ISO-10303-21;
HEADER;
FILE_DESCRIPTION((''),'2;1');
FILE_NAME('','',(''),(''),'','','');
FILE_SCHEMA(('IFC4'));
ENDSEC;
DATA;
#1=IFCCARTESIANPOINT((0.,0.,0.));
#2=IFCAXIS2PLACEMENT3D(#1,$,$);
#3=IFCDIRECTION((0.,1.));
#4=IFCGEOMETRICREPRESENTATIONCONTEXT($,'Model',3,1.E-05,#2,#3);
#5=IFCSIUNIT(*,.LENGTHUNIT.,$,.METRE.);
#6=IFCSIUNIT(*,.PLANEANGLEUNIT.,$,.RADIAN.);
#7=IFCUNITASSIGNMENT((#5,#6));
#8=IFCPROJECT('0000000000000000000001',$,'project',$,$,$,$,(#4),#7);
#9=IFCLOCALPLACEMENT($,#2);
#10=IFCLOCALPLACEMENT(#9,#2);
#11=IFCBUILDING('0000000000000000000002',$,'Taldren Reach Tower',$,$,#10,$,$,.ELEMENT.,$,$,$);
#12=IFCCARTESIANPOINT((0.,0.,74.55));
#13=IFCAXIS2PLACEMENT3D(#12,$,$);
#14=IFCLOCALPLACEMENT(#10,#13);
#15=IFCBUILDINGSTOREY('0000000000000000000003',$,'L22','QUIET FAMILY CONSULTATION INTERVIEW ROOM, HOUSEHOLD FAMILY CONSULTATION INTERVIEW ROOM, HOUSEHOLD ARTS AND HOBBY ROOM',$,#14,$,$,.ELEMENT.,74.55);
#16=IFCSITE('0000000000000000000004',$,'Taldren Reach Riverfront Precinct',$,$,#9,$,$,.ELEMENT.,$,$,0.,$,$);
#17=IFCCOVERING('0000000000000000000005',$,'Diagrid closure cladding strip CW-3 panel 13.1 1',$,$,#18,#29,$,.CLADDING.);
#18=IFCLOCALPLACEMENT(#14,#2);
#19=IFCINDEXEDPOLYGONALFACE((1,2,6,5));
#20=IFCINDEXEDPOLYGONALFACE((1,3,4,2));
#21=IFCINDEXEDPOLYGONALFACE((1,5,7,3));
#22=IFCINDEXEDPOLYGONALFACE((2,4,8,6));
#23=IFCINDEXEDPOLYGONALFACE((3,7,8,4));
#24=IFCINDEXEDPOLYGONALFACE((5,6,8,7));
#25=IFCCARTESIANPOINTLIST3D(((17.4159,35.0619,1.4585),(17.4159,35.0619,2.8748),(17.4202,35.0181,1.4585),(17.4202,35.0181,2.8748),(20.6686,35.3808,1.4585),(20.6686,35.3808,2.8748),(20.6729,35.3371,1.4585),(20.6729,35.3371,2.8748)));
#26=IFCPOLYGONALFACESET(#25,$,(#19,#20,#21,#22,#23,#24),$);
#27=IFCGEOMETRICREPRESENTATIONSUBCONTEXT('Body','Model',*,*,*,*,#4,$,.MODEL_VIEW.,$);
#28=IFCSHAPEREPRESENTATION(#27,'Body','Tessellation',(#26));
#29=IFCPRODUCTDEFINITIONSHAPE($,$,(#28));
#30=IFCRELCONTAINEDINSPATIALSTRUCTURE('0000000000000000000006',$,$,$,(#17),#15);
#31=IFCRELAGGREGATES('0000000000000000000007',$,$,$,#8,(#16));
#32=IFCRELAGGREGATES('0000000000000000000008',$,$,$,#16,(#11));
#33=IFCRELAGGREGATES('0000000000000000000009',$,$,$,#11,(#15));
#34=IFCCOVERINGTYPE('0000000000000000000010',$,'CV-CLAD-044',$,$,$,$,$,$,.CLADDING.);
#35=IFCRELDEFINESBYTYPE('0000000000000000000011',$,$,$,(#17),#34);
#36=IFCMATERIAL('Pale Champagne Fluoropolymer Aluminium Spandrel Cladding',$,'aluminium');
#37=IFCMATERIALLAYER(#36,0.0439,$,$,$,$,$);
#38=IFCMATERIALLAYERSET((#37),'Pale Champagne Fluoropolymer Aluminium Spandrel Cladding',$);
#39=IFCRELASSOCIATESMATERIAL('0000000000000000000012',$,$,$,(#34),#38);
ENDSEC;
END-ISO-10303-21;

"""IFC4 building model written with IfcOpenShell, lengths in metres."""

from ifc_helpers import new_model, si_unit, direction, frame, origin, origin_2d, place, context, subcontext, project, spatial, rectangle, extrude, source, transform, mapped, material, layer, layer_set, type_object, element, save


model = new_model("IFC4")

# Units and contexts
model_context = context("Model", 3, precision=1e-05, world=origin(), true_north=direction((0.0, 1.0)))
body_context = subcontext(model_context, "Body", "Model", "MODEL_VIEW")
ifc_project = project(units=[si_unit("LENGTHUNIT", "METRE"), si_unit("PLANEANGLEUNIT", "RADIAN")], contexts=[model_context])

# Site, building, storey
site_placement = place(None, origin())
site = spatial("IfcSite", under=ifc_project, at=site_placement, Name="Taldren Reach Riverfront Precinct", CompositionType="ELEMENT", RefElevation=0.0)
building_placement = place(site_placement, origin())
building = spatial("IfcBuilding", under=site, at=building_placement, Name="Taldren Reach Tower", CompositionType="ELEMENT")
storey_placement = place(building_placement, frame((0.0, 0.0, 74.55)))
storey = spatial("IfcBuildingStorey", under=building, at=storey_placement, Name="L22", Description="QUIET FAMILY CONSULTATION INTERVIEW ROOM, HOUSEHOLD FAMILY CONSULTATION INTERVIEW ROOM, HOUSEHOLD ARTS AND HOBBY ROOM", CompositionType="ELEMENT", Elevation=74.55)

# Covering
ifc_material_1 = material(Name="Pale Champagne Fluoropolymer Aluminium Spandrel Cladding", Category="aluminium")
ifc_layer_1 = layer(ifc_material_1, 0.0439)
ifc_layer_set_1 = layer_set([ifc_layer_1], Name="Pale Champagne Fluoropolymer Aluminium Spandrel Cladding")
covering_type = type_object("IfcCoveringType", Name="CV-CLAD-044", PredefinedType="CLADDING", material=ifc_layer_set_1)
shared_shape_1 = source(origin(), body_context, "Body", "SweptSolid", [
    extrude(rectangle(XDim=3.2683, YDim=0.0439, at=origin_2d()), origin(), (0.0, 0.0, 1.0), 1.4163),
])
covering_1_placement = place(storey_placement, frame((19.0444, 35.1995, 1.4585), z_axis=(0.0, 0.0, 1.0), x_axis=(-0.995227, -0.097583, 0.0)))
element("IfcCovering", 1, at=covering_1_placement, inside=storey, type_object=covering_type, Name="Diagrid closure cladding strip CW-3 panel 13.1 1", PredefinedType="CLADDING", context=body_context, shape_type="MappedRepresentation", body=[
    mapped(shared_shape_1, transform((0.0, 0.0, 0.0), scale=1.0)),
])

save(model, "model.ifc")
